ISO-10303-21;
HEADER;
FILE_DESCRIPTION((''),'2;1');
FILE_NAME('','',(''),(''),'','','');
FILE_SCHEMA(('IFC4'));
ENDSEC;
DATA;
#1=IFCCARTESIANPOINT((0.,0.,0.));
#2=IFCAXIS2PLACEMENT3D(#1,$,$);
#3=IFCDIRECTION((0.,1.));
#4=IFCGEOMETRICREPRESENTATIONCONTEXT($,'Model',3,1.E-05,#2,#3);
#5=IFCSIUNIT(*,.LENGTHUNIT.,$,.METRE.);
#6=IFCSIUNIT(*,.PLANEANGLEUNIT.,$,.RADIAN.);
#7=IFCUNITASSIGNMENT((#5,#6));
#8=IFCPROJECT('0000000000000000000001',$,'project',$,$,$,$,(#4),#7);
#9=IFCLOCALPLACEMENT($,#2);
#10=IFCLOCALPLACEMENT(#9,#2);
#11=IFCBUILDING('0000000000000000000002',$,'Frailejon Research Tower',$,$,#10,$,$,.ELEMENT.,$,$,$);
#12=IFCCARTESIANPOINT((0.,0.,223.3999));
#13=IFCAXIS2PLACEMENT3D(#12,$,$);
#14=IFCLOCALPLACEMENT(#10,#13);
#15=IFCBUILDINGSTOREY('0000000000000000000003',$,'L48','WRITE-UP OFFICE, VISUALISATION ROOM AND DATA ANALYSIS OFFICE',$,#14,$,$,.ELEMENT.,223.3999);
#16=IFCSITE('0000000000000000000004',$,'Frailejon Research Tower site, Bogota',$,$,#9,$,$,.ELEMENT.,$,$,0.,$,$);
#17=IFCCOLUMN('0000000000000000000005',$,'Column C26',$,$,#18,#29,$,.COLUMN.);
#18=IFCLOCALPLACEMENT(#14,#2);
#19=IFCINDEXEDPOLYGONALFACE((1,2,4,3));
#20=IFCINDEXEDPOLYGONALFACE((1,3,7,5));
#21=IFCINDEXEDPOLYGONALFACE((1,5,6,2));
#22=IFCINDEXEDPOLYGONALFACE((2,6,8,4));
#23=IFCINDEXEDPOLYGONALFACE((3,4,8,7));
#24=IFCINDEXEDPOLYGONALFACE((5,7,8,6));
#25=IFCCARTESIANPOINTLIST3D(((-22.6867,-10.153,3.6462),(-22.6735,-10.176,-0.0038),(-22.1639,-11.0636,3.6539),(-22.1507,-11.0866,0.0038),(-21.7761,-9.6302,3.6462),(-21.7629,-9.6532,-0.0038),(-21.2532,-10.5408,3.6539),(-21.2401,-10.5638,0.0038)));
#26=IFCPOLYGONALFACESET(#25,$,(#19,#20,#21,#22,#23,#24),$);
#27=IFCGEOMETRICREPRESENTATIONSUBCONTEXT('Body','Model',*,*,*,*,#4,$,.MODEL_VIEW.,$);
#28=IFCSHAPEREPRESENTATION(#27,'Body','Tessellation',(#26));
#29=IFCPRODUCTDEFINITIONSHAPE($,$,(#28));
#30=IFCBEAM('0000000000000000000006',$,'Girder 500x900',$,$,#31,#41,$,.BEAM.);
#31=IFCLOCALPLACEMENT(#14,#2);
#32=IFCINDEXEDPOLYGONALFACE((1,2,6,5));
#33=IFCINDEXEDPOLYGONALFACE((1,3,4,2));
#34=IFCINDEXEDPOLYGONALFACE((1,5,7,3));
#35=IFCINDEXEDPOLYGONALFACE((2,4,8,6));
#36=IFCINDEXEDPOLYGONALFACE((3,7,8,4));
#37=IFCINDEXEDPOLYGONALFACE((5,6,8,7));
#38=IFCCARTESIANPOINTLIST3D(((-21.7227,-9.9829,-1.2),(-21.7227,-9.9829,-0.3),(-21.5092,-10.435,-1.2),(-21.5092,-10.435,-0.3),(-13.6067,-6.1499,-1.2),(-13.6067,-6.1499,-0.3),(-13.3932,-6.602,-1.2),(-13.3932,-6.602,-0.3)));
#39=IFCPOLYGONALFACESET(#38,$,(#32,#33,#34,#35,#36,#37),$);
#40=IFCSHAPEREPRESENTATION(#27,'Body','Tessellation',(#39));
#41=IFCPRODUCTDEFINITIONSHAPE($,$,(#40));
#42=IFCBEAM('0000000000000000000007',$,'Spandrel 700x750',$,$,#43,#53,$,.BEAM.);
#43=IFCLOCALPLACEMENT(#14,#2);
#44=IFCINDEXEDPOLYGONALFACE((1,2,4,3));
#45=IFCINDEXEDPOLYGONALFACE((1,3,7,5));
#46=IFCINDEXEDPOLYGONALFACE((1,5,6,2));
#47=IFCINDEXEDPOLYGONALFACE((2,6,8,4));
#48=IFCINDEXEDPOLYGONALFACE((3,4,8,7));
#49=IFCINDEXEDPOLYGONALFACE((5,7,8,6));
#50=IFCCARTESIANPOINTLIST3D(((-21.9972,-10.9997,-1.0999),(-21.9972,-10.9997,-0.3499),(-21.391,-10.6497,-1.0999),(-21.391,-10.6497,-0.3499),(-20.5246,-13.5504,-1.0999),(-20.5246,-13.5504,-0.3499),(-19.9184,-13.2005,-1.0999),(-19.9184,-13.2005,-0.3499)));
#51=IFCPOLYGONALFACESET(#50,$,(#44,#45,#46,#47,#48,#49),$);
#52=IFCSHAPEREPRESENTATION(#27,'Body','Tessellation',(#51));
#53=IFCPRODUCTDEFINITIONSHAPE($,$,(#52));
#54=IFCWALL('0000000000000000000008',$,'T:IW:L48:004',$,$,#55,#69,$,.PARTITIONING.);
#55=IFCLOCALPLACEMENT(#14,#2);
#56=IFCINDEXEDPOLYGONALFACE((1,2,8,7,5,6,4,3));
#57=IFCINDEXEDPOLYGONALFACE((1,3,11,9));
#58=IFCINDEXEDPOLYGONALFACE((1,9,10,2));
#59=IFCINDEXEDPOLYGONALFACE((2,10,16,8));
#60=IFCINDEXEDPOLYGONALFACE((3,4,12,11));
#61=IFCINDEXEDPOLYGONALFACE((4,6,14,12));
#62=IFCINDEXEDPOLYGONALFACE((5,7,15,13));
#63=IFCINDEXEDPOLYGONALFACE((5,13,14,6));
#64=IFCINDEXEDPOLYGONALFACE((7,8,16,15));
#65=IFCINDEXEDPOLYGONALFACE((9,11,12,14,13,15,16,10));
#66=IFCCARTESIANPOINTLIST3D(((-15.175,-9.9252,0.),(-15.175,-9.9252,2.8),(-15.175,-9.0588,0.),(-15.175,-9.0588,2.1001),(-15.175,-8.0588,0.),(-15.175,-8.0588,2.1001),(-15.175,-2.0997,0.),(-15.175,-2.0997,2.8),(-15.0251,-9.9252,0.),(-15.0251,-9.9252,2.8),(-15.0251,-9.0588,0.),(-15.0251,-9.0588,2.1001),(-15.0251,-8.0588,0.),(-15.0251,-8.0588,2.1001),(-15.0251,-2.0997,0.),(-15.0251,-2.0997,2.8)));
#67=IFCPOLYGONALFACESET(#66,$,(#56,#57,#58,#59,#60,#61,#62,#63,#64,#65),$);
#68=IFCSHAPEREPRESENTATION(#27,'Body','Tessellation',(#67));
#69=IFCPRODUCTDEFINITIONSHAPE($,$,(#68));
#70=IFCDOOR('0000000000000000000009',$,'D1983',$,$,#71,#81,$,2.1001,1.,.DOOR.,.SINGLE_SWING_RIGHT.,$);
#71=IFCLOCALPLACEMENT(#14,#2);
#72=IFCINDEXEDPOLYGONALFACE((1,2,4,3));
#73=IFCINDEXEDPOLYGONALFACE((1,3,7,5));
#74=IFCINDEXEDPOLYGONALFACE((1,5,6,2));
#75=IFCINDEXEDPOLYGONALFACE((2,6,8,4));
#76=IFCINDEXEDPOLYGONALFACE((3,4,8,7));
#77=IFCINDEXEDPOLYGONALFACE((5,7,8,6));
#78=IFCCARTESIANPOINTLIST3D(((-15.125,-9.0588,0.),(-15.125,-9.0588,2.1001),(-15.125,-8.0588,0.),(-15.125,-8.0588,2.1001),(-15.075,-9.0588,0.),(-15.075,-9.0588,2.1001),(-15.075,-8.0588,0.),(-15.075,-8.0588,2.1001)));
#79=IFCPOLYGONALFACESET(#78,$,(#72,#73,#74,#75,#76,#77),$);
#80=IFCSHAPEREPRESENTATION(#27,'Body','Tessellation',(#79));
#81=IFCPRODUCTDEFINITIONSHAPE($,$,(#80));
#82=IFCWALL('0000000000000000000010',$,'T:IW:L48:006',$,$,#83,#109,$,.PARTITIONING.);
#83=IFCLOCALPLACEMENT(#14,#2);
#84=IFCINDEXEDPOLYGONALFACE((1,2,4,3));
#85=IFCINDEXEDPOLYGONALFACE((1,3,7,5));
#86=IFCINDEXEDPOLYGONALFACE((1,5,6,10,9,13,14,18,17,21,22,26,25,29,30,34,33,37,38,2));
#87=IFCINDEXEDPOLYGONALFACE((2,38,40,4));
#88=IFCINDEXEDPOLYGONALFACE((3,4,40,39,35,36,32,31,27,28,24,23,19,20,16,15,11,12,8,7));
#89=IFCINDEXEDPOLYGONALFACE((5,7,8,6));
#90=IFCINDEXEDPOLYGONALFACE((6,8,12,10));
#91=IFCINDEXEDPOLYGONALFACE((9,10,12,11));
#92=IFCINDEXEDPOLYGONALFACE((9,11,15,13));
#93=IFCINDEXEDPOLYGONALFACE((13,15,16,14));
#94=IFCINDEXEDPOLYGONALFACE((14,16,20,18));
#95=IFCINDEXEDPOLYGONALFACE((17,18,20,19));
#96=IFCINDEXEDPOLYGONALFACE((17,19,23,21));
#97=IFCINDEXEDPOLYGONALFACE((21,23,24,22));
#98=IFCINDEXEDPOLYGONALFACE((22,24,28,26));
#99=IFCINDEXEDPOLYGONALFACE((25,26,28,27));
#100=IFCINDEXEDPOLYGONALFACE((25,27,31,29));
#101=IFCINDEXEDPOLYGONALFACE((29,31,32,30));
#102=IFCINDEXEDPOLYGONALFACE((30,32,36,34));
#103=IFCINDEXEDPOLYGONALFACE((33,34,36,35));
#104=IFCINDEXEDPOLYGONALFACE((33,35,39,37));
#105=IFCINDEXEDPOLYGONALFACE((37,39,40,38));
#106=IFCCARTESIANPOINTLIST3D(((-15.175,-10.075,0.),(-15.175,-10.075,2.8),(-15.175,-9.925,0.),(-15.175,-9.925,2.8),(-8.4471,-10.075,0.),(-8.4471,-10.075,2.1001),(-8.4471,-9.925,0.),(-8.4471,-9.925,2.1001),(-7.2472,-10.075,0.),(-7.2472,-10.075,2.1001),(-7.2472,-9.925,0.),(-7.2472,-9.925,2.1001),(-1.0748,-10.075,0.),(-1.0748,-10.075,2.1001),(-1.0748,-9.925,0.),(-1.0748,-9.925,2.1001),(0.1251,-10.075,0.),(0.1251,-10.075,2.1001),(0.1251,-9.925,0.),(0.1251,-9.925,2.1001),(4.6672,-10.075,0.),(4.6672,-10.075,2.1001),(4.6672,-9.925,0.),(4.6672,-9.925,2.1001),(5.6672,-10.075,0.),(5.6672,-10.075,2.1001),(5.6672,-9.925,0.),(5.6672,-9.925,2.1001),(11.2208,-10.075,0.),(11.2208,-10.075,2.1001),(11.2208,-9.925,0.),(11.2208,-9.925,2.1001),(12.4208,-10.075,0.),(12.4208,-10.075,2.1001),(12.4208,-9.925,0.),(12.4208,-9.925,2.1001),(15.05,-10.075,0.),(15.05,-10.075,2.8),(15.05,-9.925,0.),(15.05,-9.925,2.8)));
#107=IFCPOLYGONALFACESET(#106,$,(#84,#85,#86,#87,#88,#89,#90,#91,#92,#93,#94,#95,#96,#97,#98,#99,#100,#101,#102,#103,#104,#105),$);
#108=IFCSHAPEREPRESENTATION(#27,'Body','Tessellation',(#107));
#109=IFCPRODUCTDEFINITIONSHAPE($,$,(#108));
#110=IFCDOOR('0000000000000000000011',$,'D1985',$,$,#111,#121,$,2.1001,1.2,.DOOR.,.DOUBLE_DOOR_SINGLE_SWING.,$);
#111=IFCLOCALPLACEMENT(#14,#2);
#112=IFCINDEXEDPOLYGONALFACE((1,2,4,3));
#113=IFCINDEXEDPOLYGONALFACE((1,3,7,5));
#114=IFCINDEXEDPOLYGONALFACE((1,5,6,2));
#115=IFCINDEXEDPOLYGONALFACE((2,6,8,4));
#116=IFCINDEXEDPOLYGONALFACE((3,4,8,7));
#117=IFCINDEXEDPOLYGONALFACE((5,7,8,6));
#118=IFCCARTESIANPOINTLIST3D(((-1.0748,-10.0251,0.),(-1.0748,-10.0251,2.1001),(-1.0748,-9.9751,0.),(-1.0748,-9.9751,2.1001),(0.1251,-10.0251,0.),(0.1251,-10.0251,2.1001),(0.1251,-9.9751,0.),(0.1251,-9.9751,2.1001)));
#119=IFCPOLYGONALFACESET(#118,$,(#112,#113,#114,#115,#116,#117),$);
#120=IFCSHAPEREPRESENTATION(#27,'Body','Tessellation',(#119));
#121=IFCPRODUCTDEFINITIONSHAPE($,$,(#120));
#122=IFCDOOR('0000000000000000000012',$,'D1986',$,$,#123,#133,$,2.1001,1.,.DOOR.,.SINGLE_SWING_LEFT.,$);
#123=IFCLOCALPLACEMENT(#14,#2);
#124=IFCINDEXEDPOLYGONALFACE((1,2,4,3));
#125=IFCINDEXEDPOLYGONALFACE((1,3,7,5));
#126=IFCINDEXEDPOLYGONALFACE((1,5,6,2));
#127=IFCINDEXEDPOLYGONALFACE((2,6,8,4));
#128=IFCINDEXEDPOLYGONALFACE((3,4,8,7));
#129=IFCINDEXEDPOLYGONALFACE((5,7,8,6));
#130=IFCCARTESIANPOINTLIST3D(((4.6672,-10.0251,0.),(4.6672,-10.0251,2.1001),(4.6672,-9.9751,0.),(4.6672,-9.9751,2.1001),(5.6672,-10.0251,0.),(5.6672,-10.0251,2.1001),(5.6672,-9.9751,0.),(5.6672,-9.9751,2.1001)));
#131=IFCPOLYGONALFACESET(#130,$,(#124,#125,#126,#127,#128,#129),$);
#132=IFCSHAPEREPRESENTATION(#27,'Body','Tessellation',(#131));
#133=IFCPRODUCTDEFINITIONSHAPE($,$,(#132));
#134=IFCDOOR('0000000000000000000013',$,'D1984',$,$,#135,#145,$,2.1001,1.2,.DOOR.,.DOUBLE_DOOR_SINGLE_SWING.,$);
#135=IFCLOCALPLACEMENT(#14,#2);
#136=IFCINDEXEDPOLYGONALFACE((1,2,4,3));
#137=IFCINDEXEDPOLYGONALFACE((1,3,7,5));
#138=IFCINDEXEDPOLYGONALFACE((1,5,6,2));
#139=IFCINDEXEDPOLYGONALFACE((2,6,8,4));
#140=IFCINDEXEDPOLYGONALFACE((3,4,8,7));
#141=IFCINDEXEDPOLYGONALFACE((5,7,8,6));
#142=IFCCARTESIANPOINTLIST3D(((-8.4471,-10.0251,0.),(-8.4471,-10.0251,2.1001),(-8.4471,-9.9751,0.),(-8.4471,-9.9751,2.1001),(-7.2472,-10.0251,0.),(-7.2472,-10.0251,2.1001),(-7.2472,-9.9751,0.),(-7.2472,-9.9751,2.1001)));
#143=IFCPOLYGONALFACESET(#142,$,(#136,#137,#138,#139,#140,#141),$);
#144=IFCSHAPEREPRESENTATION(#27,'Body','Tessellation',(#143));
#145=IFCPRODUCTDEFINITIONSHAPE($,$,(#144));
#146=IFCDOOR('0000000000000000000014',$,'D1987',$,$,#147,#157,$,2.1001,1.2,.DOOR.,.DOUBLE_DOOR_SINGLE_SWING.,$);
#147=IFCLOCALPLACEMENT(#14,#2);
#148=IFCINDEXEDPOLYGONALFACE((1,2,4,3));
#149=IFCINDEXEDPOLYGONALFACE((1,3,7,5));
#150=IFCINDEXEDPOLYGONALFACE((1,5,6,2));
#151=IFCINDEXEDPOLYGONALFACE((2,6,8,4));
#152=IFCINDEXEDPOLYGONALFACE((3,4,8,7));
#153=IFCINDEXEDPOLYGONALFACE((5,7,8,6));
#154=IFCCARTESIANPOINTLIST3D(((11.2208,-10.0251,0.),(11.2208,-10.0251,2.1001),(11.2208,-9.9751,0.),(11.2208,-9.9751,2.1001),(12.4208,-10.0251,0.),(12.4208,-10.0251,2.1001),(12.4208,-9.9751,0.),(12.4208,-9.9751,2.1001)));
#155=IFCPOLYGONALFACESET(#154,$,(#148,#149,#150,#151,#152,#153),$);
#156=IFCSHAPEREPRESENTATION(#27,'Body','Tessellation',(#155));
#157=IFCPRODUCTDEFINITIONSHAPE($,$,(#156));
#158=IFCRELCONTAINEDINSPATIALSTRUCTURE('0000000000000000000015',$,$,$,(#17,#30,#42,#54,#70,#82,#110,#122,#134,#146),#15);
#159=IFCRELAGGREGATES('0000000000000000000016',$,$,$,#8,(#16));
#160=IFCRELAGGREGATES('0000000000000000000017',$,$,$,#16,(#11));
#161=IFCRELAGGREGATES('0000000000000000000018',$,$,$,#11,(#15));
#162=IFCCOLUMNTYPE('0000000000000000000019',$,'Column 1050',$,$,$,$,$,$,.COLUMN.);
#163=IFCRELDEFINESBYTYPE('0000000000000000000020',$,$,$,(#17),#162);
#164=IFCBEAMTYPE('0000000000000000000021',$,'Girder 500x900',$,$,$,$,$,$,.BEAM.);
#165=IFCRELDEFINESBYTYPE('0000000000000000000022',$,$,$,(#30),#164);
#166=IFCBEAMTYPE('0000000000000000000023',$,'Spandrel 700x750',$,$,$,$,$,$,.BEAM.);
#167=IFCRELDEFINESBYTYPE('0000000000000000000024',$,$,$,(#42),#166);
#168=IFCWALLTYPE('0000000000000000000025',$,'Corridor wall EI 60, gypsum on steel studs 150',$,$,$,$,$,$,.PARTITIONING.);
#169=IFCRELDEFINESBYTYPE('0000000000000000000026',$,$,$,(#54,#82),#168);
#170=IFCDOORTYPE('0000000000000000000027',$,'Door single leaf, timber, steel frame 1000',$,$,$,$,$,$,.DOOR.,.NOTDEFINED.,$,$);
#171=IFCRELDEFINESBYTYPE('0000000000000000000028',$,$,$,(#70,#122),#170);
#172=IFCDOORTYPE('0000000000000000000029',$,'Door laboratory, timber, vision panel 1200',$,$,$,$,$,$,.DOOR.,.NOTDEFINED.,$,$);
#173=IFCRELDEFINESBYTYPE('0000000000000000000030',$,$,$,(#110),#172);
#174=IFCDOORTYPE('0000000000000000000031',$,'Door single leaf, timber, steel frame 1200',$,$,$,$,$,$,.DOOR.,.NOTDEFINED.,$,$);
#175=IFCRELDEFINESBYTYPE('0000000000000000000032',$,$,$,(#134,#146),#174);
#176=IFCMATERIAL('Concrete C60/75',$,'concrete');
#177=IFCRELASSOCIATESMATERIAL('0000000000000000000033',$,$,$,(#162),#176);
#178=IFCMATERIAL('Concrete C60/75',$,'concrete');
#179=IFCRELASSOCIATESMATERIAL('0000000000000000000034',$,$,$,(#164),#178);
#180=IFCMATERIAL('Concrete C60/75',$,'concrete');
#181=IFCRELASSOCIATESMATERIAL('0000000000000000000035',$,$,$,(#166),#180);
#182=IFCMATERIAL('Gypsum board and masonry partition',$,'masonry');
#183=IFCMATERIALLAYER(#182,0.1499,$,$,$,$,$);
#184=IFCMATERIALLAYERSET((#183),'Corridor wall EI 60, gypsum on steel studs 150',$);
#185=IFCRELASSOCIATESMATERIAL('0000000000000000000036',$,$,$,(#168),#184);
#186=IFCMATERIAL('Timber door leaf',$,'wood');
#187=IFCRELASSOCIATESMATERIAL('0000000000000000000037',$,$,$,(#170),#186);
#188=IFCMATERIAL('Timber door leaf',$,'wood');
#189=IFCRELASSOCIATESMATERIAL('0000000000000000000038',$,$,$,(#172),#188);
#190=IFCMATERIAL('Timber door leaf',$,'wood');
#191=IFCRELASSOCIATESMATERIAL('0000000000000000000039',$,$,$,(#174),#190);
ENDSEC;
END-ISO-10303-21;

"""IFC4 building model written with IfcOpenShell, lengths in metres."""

from ifc_helpers import new_model, si_unit, direction, frame, frame_2d, origin, origin_2d, place, context, subcontext, project, spatial, rectangle, extrude, material, layer, layer_set, material_profile, profile_set, type_object, element, fill, save


model = new_model("IFC4")

# Units and contexts
model_context = context("Model", 3, precision=1e-05, world=origin(), true_north=direction((0.0, 1.0)))
body_context = subcontext(model_context, "Body", "Model", "MODEL_VIEW")
ifc_project = project(units=[si_unit("LENGTHUNIT", "METRE"), si_unit("PLANEANGLEUNIT", "RADIAN")], contexts=[model_context])

# Site, building, storey
site_placement = place(None, origin())
site = spatial("IfcSite", under=ifc_project, at=site_placement, Name="Frailejon Research Tower site, Bogota", CompositionType="ELEMENT", RefElevation=0.0)
building_placement = place(site_placement, origin())
building = spatial("IfcBuilding", under=site, at=building_placement, Name="Frailejon Research Tower", CompositionType="ELEMENT")
storey_placement = place(building_placement, frame((0.0, 0.0, 223.3999)))
storey = spatial("IfcBuildingStorey", under=building, at=storey_placement, Name="L48", Description="WRITE-UP OFFICE, VISUALISATION ROOM AND DATA ANALYSIS OFFICE", CompositionType="ELEMENT", Elevation=223.3999)

# Column
ifc_material_1 = material(Name="Concrete C60/75", Category="concrete")
ifc_material_profile_1 = material_profile(ifc_material_1, rectangle(XDim=1.05, YDim=1.05, at=origin_2d()), Name="Column 1050")
ifc_profile_set_1 = profile_set([ifc_material_profile_1], Name="Concrete C60/75")
column_type = type_object("IfcColumnType", Name="Column 1050", PredefinedType="COLUMN", material=ifc_profile_set_1)
column_placement = place(storey_placement, frame((-21.9568, -10.3699, 0.0), z_axis=(-0.003612, 0.006287, 0.999974), x_axis=(0.49789, -0.86721, 0.007251)))
element("IfcColumn", 1, at=column_placement, inside=storey, type_object=column_type, Name="Column C26", PredefinedType="COLUMN", context=body_context, shape_type="SweptSolid", body=[
    extrude(rectangle(XDim=1.05, YDim=1.05, at=origin_2d()), origin(), (0.0, 0.0, 1.0), 3.6501),
])

# Beams
ifc_material_2 = material(Name="Concrete C60/75", Category="concrete")
ifc_material_profile_2 = material_profile(ifc_material_2, rectangle(XDim=0.5, YDim=0.8999, at=origin_2d()), Name="Girder 500x900")
ifc_profile_set_2 = profile_set([ifc_material_profile_2], Name="Concrete C60/75")
beam_type_1 = type_object("IfcBeamType", Name="Girder 500x900", PredefinedType="BEAM", material=ifc_profile_set_2)
beam_1_placement = place(storey_placement, frame((-21.616, -10.209, -0.75), z_axis=(0.904229, 0.427049, 0.0), x_axis=(-0.427049, 0.904229, 0.0)))
element("IfcBeam", 2, at=beam_1_placement, inside=storey, type_object=beam_type_1, Name="Girder 500x900", PredefinedType="BEAM", context=body_context, shape_type="SweptSolid", body=[
    extrude(rectangle(XDim=0.5, YDim=0.8999, at=origin_2d()), origin(), (0.0, 0.0, 1.0), 8.9756),
])
ifc_material_3 = material(Name="Concrete C60/75", Category="concrete")
ifc_material_profile_3 = material_profile(ifc_material_3, rectangle(XDim=0.7, YDim=0.75, at=origin_2d()), Name="Spandrel 700x750")
ifc_profile_set_3 = profile_set([ifc_material_profile_3], Name="Concrete C60/75")
beam_type_2 = type_object("IfcBeamType", Name="Spandrel 700x750", PredefinedType="BEAM", material=ifc_profile_set_3)
beam_2_placement = place(storey_placement, frame((-21.6941, -10.8247, -0.7249), z_axis=(0.49999, -0.866031, 0.0), x_axis=(0.866031, 0.49999, 0.0)))
element("IfcBeam", 3, at=beam_2_placement, inside=storey, type_object=beam_type_2, Name="Spandrel 700x750", PredefinedType="BEAM", context=body_context, shape_type="SweptSolid", body=[
    extrude(rectangle(XDim=0.7, YDim=0.75, at=origin_2d()), origin(), (0.0, 0.0, 1.0), 2.9453),
])

# Wall, opening, door
ifc_material_4 = material(Name="Gypsum board and masonry partition", Category="masonry")
ifc_layer_1 = layer(ifc_material_4, 0.1499)
ifc_layer_set_1 = layer_set([ifc_layer_1], Name="Corridor wall EI 60, gypsum on steel studs 150")
wall_type_1 = type_object("IfcWallType", Name="Corridor wall EI 60, gypsum on steel studs 150", PredefinedType="PARTITIONING", material=ifc_layer_set_1)
wall_1_placement = place(storey_placement, frame((-15.1001, -9.925, 0.0), z_axis=(0.0, 0.0, 1.0), x_axis=(0.0, 1.0, 0.0)))
wall_1 = element("IfcWall", 4, at=wall_1_placement, inside=storey, type_object=wall_type_1, Name="T:IW:L48:004", PredefinedType="PARTITIONING", context=body_context, shape_type="SweptSolid", body=[
    extrude(rectangle(XDim=7.8254, YDim=0.1499, at=frame_2d((3.9126, 0.0))), origin(), (0.0, 0.0, 1.0), 2.8),
])
opening_1_placement = place(wall_1_placement, frame((0.8662, 0.0, 0.0)))
opening_1 = element("IfcOpeningElement", 5, at=opening_1_placement, cuts=wall_1, PredefinedType="OPENING", context=body_context, shape_type="SweptSolid", body=[
    extrude(rectangle(XDim=1.0, YDim=2.1001, at=frame_2d((0.5, 1.05))), frame((0.0, 0.085, 0.0), z_axis=(0.0, -1.0, 0.0), x_axis=(1.0, 0.0, 0.0)), (0.0, 0.0, 1.0), 0.1699),
])
ifc_material_5 = material(Name="Timber door leaf", Category="wood")
door_type_1 = type_object("IfcDoorType", Name="Door single leaf, timber, steel frame 1000", OperationType="NOTDEFINED", PredefinedType="DOOR", material=ifc_material_5)
door_1_placement = place(opening_1_placement, origin())
door_1 = element("IfcDoor", 6, at=door_1_placement, inside=storey, type_object=door_type_1, Name="D1983", OperationType="SINGLE_SWING_RIGHT", OverallHeight=2.1001, OverallWidth=1.0, PredefinedType="DOOR", context=body_context, shape_type="SweptSolid", body=[
    extrude(rectangle(XDim=1.0, YDim=2.1001, at=frame_2d((0.5, 1.05))), frame((0.0, 0.0249, 0.0), z_axis=(0.0, -1.0, 0.0), x_axis=(1.0, 0.0, 0.0)), (0.0, 0.0, 1.0), 0.05),
])
fill(opening_1, door_1)

# Wall, openings, doors
wall_2_placement = place(storey_placement, frame((-15.175, -10.0, 0.0), z_axis=(0.0, 0.0, 1.0), x_axis=(1.0, 0.0, 0.0)))
wall_2 = element("IfcWall", 7, at=wall_2_placement, inside=storey, type_object=wall_type_1, Name="T:IW:L48:006", PredefinedType="PARTITIONING", context=body_context, shape_type="SweptSolid", body=[
    extrude(rectangle(XDim=30.2251, YDim=0.1499, at=frame_2d((15.1125, 0.0))), origin(), (0.0, 0.0, 1.0), 2.8),
])
opening_2_placement = place(wall_2_placement, frame((6.7278, 0.0, 0.0)))
opening_2 = element("IfcOpeningElement", 8, at=opening_2_placement, cuts=wall_2, PredefinedType="OPENING", context=body_context, shape_type="SweptSolid", body=[
    extrude(rectangle(XDim=1.2, YDim=2.1001, at=frame_2d((0.6001, 1.05))), frame((0.0, 0.085, 0.0), z_axis=(0.0, -1.0, 0.0), x_axis=(1.0, 0.0, 0.0)), (0.0, 0.0, 1.0), 0.1699),
])
opening_3_placement = place(wall_2_placement, frame((14.1001, 0.0, 0.0)))
opening_3 = element("IfcOpeningElement", 9, at=opening_3_placement, cuts=wall_2, PredefinedType="OPENING", context=body_context, shape_type="SweptSolid", body=[
    extrude(rectangle(XDim=1.2, YDim=2.1001, at=frame_2d((0.6001, 1.05))), frame((0.0, 0.085, 0.0), z_axis=(0.0, -1.0, 0.0), x_axis=(1.0, 0.0, 0.0)), (0.0, 0.0, 1.0), 0.1699),
])
opening_4_placement = place(wall_2_placement, frame((19.8423, 0.0, 0.0)))
opening_4 = element("IfcOpeningElement", 10, at=opening_4_placement, cuts=wall_2, PredefinedType="OPENING", context=body_context, shape_type="SweptSolid", body=[
    extrude(rectangle(XDim=1.0, YDim=2.1001, at=frame_2d((0.5, 1.05))), frame((0.0, 0.085, 0.0), z_axis=(0.0, -1.0, 0.0), x_axis=(1.0, 0.0, 0.0)), (0.0, 0.0, 1.0), 0.1699),
])
opening_5_placement = place(wall_2_placement, frame((26.3958, 0.0, 0.0)))
opening_5 = element("IfcOpeningElement", 11, at=opening_5_placement, cuts=wall_2, PredefinedType="OPENING", context=body_context, shape_type="SweptSolid", body=[
    extrude(rectangle(XDim=1.2, YDim=2.1001, at=frame_2d((0.6001, 1.05))), frame((0.0, 0.085, 0.0), z_axis=(0.0, -1.0, 0.0), x_axis=(1.0, 0.0, 0.0)), (0.0, 0.0, 1.0), 0.1699),
])
ifc_material_6 = material(Name="Timber door leaf", Category="wood")
door_type_2 = type_object("IfcDoorType", Name="Door laboratory, timber, vision panel 1200", OperationType="NOTDEFINED", PredefinedType="DOOR", material=ifc_material_6)
door_2_placement = place(opening_3_placement, origin())
door_2 = element("IfcDoor", 12, at=door_2_placement, inside=storey, type_object=door_type_2, Name="D1985", OperationType="DOUBLE_DOOR_SINGLE_SWING", OverallHeight=2.1001, OverallWidth=1.2, PredefinedType="DOOR", context=body_context, shape_type="SweptSolid", body=[
    extrude(rectangle(XDim=1.2, YDim=2.1001, at=frame_2d((0.6001, 1.05))), frame((0.0, 0.0249, 0.0), z_axis=(0.0, -1.0, 0.0), x_axis=(1.0, 0.0, 0.0)), (0.0, 0.0, 1.0), 0.05),
])
fill(opening_3, door_2)
door_3_placement = place(opening_4_placement, origin())
door_3 = element("IfcDoor", 13, at=door_3_placement, inside=storey, type_object=door_type_1, Name="D1986", OperationType="SINGLE_SWING_LEFT", OverallHeight=2.1001, OverallWidth=1.0, PredefinedType="DOOR", context=body_context, shape_type="SweptSolid", body=[
    extrude(rectangle(XDim=1.0, YDim=2.1001, at=frame_2d((0.5, 1.05))), frame((0.0, 0.0249, 0.0), z_axis=(0.0, -1.0, 0.0), x_axis=(1.0, 0.0, 0.0)), (0.0, 0.0, 1.0), 0.05),
])
fill(opening_4, door_3)
ifc_material_7 = material(Name="Timber door leaf", Category="wood")
door_type_3 = type_object("IfcDoorType", Name="Door single leaf, timber, steel frame 1200", OperationType="NOTDEFINED", PredefinedType="DOOR", material=ifc_material_7)
door_4_placement = place(opening_2_placement, origin())
door_4 = element("IfcDoor", 14, at=door_4_placement, inside=storey, type_object=door_type_3, Name="D1984", OperationType="DOUBLE_DOOR_SINGLE_SWING", OverallHeight=2.1001, OverallWidth=1.2, PredefinedType="DOOR", context=body_context, shape_type="SweptSolid", body=[
    extrude(rectangle(XDim=1.2, YDim=2.1001, at=frame_2d((0.6001, 1.05))), frame((0.0, 0.0249, 0.0), z_axis=(0.0, -1.0, 0.0), x_axis=(1.0, 0.0, 0.0)), (0.0, 0.0, 1.0), 0.05),
])
fill(opening_2, door_4)
door_5_placement = place(opening_5_placement, origin())
door_5 = element("IfcDoor", 15, at=door_5_placement, inside=storey, type_object=door_type_3, Name="D1987", OperationType="DOUBLE_DOOR_SINGLE_SWING", OverallHeight=2.1001, OverallWidth=1.2, PredefinedType="DOOR", context=body_context, shape_type="SweptSolid", body=[
    extrude(rectangle(XDim=1.2, YDim=2.1001, at=frame_2d((0.6001, 1.05))), frame((0.0, 0.0249, 0.0), z_axis=(0.0, -1.0, 0.0), x_axis=(1.0, 0.0, 0.0)), (0.0, 0.0, 1.0), 0.05),
])
fill(opening_5, door_5)

save(model, "model.ifc")
